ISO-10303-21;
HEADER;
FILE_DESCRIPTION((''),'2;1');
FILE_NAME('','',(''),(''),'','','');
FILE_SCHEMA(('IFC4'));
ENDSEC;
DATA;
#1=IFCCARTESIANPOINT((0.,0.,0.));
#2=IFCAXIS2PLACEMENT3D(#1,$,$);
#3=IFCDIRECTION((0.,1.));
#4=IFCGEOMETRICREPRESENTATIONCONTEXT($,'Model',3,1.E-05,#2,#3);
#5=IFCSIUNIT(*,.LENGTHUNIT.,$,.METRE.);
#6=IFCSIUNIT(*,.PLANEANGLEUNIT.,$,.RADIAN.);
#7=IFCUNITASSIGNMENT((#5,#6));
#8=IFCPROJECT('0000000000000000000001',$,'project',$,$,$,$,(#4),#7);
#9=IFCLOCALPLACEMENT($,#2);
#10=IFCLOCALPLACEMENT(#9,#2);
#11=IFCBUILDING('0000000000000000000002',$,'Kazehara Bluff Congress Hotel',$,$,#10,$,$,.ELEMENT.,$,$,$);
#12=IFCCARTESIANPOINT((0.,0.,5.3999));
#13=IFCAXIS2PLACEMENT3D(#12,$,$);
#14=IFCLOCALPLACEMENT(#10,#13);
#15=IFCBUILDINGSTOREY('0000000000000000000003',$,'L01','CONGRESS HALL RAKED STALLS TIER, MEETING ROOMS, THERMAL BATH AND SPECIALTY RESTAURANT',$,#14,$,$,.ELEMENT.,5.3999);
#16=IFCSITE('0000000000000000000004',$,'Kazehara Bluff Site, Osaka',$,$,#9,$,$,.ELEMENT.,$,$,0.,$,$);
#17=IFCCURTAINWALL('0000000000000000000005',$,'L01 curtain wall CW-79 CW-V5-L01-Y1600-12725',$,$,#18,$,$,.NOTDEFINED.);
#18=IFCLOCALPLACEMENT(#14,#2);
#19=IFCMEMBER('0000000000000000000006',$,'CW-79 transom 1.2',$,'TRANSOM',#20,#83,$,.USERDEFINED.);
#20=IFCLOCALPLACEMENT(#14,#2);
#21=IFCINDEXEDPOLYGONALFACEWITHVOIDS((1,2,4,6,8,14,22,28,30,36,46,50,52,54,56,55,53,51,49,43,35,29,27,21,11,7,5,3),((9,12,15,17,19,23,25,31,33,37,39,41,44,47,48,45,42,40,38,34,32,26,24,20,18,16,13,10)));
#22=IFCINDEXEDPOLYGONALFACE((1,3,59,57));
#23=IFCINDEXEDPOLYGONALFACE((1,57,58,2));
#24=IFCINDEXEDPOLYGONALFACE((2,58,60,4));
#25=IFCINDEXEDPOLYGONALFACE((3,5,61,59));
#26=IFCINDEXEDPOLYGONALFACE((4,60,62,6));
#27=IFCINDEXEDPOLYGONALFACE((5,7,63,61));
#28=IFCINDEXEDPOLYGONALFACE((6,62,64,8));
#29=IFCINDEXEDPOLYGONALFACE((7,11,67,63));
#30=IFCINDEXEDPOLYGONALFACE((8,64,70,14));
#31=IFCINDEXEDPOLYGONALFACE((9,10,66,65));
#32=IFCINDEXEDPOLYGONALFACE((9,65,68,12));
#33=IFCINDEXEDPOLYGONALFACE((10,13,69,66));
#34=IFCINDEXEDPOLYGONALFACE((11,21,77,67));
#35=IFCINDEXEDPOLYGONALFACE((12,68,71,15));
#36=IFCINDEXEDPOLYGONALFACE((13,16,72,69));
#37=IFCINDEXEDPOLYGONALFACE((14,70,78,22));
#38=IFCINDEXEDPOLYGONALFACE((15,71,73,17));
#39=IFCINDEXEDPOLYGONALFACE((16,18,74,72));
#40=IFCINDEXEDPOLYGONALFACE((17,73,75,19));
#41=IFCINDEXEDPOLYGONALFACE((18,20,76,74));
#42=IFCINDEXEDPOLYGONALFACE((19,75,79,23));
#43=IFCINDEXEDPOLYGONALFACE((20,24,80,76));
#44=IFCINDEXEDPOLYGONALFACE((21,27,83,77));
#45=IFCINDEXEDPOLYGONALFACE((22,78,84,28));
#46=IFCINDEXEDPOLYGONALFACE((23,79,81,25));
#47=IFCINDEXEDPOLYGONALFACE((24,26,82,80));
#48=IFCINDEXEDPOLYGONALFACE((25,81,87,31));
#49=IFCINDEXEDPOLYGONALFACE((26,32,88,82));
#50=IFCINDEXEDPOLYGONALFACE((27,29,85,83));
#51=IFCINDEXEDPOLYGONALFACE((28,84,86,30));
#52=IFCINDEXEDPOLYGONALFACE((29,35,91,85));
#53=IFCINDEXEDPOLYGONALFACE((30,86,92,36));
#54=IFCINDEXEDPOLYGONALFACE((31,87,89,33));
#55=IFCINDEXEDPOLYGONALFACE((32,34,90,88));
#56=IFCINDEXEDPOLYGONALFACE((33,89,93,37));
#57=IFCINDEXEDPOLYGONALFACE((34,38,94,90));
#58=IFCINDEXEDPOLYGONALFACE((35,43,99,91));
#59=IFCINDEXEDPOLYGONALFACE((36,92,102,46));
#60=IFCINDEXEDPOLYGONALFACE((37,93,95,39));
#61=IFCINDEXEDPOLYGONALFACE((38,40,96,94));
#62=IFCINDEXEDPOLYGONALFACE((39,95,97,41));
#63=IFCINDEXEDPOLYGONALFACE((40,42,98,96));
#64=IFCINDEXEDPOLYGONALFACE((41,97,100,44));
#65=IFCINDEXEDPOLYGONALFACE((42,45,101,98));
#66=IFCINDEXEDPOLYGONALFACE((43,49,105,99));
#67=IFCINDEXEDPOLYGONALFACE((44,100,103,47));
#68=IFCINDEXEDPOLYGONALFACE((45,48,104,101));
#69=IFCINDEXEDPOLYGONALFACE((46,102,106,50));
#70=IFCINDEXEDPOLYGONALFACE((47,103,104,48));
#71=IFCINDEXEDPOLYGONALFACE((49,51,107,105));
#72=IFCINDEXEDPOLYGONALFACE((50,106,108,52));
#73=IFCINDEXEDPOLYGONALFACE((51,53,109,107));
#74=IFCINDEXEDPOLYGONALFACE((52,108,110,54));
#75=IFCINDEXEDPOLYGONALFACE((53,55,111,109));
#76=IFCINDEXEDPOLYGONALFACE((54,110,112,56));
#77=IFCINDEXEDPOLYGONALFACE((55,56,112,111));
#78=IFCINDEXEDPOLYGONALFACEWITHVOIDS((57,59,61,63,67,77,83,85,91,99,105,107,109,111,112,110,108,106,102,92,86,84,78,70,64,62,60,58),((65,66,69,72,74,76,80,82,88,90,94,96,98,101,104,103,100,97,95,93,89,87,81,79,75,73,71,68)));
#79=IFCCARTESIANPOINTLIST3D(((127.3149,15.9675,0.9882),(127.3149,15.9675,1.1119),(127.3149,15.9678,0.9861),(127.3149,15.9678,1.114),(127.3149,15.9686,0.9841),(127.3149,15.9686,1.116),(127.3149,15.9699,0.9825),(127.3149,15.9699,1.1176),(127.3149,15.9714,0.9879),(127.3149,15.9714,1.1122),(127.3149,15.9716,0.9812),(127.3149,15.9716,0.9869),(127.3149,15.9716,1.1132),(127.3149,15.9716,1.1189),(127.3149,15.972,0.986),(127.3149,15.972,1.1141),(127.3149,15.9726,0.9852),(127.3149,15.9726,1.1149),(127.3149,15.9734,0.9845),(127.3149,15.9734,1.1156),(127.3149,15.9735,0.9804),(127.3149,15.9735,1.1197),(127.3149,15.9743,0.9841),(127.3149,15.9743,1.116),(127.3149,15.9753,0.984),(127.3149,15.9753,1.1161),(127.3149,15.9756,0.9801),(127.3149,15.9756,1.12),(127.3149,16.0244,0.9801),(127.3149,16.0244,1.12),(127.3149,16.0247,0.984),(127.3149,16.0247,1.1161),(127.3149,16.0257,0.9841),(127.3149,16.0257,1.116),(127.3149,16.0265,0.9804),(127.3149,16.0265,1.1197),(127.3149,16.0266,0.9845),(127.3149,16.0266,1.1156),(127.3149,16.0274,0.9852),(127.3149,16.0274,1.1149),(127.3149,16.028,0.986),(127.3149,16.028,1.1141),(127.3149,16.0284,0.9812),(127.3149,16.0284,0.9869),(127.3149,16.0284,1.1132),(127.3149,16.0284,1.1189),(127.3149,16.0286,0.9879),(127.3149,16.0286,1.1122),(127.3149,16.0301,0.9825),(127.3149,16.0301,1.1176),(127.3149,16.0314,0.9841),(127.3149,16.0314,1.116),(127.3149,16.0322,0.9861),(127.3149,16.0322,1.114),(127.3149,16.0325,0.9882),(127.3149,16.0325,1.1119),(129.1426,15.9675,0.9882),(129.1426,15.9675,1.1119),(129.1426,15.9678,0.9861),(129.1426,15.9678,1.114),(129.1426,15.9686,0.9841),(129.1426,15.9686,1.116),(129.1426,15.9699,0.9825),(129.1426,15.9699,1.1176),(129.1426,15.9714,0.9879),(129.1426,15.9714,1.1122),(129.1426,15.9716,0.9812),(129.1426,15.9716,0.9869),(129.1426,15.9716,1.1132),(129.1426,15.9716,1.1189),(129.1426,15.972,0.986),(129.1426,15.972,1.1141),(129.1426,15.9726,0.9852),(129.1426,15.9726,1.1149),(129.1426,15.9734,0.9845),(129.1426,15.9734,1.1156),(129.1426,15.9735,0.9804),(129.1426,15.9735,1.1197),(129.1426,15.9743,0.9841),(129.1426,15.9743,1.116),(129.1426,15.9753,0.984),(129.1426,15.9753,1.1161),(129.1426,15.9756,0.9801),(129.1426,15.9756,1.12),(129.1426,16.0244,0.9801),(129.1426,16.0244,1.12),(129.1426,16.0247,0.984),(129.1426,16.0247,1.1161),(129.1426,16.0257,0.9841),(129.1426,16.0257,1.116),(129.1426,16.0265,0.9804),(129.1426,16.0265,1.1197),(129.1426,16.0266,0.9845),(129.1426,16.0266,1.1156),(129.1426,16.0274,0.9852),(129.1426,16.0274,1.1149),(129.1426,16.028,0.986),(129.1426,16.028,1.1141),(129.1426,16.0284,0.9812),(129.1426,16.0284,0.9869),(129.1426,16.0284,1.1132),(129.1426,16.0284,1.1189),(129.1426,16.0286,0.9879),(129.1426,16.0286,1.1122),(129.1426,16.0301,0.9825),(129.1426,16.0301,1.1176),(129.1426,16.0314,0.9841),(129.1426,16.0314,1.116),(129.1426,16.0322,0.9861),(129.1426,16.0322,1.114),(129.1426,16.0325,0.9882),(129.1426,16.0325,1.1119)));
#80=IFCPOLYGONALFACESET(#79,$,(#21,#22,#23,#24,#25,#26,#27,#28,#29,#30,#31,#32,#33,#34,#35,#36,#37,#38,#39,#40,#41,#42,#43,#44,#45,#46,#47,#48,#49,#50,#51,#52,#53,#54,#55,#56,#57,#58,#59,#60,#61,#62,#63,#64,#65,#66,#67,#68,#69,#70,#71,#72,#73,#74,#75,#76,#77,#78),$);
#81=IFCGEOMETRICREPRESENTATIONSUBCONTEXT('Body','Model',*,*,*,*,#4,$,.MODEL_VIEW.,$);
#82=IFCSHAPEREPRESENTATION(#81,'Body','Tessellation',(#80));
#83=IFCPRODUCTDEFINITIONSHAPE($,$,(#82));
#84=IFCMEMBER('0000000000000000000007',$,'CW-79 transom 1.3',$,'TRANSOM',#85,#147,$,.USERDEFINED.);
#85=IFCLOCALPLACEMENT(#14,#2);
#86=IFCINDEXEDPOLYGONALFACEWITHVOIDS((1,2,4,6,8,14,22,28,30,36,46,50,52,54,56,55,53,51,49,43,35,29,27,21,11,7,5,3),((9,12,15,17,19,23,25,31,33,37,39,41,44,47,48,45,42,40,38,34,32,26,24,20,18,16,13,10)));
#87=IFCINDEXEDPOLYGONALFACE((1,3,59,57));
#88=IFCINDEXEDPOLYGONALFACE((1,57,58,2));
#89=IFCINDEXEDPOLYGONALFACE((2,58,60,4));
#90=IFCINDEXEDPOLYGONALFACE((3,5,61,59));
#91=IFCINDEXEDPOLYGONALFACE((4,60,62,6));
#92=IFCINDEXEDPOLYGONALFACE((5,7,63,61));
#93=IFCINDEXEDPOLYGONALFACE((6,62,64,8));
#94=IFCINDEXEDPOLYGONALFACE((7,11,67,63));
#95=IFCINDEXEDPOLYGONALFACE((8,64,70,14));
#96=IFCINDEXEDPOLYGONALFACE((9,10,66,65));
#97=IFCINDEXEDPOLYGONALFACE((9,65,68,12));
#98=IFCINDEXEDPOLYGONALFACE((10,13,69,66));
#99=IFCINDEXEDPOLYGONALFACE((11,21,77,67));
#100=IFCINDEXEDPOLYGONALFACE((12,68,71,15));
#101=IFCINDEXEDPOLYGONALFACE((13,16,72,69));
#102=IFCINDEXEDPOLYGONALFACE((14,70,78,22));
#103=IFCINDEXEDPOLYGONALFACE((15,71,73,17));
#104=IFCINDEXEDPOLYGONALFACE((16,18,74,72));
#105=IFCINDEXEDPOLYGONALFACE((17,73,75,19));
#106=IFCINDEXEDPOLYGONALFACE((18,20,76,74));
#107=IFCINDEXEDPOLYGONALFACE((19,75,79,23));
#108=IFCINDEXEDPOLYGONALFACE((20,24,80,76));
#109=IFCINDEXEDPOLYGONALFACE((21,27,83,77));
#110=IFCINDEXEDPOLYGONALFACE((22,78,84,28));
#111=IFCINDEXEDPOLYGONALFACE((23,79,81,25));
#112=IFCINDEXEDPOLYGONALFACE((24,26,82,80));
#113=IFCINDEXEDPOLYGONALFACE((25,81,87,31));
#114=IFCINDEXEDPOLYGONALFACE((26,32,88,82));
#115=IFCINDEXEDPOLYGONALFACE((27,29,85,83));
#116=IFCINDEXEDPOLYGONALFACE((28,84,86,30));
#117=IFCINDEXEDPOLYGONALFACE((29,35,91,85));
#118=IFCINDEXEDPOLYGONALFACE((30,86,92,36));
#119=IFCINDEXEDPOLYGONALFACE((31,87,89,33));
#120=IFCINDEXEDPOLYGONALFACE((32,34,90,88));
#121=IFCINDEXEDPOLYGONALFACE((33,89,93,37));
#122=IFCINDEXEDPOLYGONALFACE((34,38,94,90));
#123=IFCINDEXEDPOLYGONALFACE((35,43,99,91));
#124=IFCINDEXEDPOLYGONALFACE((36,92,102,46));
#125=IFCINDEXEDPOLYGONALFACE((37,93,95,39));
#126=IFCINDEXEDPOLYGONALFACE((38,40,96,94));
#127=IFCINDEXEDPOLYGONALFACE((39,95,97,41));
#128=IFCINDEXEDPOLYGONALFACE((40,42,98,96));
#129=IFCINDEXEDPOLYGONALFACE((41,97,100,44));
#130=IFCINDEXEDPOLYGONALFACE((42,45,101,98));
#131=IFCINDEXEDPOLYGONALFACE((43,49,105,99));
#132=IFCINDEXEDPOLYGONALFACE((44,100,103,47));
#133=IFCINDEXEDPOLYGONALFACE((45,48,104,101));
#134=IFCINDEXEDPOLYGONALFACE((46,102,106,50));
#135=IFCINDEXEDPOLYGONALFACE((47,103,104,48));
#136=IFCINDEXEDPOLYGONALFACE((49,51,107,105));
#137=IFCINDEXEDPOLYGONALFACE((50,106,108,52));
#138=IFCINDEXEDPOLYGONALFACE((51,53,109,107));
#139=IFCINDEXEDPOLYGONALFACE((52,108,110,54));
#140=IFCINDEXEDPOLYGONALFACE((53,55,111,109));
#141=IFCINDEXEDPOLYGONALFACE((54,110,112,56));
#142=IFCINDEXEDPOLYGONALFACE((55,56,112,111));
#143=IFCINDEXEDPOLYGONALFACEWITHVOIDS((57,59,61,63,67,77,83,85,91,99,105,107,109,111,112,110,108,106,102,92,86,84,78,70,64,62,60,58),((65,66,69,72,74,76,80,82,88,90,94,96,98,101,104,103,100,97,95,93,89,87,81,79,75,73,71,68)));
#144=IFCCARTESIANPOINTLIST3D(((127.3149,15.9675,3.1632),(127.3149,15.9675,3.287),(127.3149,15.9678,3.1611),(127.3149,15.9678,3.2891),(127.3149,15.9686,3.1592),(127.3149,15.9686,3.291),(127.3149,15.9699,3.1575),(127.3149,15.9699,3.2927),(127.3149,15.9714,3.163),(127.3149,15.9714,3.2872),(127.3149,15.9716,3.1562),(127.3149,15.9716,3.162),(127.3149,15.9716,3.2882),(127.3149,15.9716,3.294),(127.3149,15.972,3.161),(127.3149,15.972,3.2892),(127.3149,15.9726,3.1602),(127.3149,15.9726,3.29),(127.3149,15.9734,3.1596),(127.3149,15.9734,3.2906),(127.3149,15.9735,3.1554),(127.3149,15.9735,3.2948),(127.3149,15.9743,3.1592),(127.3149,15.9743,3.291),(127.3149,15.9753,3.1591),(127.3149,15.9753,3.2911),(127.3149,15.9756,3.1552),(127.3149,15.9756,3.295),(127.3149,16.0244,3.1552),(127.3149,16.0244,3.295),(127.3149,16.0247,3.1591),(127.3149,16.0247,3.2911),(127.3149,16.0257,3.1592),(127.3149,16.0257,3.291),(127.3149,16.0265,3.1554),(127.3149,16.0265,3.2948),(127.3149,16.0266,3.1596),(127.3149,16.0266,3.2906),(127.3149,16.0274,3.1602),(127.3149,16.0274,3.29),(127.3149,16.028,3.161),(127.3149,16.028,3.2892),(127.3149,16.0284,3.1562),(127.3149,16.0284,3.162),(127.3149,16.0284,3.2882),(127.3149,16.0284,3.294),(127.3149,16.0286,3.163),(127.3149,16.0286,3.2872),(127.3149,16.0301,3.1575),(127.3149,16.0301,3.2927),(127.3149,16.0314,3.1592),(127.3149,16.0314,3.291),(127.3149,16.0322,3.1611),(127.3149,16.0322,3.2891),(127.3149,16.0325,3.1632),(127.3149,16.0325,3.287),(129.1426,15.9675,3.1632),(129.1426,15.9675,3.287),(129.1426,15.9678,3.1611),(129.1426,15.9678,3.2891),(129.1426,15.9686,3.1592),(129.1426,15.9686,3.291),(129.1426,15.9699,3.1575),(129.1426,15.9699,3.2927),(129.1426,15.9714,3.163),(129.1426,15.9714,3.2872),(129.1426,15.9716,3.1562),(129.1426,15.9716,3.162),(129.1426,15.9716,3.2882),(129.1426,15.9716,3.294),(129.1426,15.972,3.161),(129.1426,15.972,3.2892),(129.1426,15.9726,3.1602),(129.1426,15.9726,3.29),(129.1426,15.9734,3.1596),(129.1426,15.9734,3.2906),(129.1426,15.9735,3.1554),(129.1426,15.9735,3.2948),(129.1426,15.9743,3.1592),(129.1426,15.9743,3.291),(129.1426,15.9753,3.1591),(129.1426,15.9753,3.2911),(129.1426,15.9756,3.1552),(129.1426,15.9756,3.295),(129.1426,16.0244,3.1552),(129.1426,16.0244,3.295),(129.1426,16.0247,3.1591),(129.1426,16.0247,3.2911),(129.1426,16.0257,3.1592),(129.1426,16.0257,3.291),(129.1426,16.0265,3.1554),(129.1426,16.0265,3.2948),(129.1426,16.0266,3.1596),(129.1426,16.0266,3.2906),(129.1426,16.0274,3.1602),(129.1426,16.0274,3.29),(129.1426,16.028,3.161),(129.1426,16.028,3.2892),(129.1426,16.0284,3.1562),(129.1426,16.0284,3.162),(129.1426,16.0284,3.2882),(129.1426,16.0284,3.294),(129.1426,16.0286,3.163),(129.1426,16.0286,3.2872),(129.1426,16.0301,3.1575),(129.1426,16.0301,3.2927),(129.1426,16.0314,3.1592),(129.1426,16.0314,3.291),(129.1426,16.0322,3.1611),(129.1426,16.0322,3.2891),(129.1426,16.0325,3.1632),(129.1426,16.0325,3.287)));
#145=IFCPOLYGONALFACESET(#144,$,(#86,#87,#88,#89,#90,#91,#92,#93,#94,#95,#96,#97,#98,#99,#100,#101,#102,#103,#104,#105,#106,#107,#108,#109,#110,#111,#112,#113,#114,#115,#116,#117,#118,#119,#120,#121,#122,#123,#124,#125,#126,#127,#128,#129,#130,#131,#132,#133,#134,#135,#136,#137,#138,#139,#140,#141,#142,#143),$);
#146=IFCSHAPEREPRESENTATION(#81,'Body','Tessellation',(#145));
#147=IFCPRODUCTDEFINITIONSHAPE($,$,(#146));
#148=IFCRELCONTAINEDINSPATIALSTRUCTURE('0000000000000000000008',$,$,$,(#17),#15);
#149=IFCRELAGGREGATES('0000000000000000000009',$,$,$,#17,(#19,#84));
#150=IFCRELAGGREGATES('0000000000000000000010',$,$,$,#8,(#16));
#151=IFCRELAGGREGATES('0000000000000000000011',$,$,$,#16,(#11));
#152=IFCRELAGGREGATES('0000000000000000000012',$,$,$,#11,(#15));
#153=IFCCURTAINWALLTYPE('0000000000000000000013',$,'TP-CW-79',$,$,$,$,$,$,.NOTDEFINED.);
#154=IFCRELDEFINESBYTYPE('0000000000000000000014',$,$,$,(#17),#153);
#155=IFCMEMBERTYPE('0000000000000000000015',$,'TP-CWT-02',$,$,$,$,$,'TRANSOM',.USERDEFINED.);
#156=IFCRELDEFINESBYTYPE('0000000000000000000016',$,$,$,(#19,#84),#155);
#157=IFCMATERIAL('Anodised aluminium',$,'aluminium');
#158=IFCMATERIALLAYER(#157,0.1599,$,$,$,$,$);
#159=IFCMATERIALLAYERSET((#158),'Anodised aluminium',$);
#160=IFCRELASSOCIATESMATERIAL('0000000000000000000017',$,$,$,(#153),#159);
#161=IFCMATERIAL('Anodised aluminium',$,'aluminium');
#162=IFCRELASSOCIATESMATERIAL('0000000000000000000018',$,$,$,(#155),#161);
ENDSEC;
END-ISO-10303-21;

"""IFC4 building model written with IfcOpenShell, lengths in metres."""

from ifc_helpers import new_model, si_unit, direction, frame, origin, origin_2d, place, context, subcontext, project, spatial, hollow_rectangle, extrude, material, layer, layer_set, material_profile, profile_set, type_object, element, aggregate, save


model = new_model("IFC4")

# Units and contexts
model_context = context("Model", 3, precision=1e-05, world=origin(), true_north=direction((0.0, 1.0)))
body_context = subcontext(model_context, "Body", "Model", "MODEL_VIEW")
ifc_project = project(units=[si_unit("LENGTHUNIT", "METRE"), si_unit("PLANEANGLEUNIT", "RADIAN")], contexts=[model_context])

# Site, building, storey
site_placement = place(None, origin())
site = spatial("IfcSite", under=ifc_project, at=site_placement, Name="Kazehara Bluff Site, Osaka", CompositionType="ELEMENT", RefElevation=0.0)
building_placement = place(site_placement, origin())
building = spatial("IfcBuilding", under=site, at=building_placement, Name="Kazehara Bluff Congress Hotel", CompositionType="ELEMENT")
storey_placement = place(building_placement, frame((0.0, 0.0, 5.3999)))
storey = spatial("IfcBuildingStorey", under=building, at=storey_placement, Name="L01", Description="CONGRESS HALL RAKED STALLS TIER, MEETING ROOMS, THERMAL BATH AND SPECIALTY RESTAURANT", CompositionType="ELEMENT", Elevation=5.3999)

# Curtain wall, members
ifc_material_1 = material(Name="Anodised aluminium", Category="aluminium")
ifc_layer_1 = layer(ifc_material_1, 0.1599)
ifc_layer_set_1 = layer_set([ifc_layer_1], Name="Anodised aluminium")
curtain_wall_type = type_object("IfcCurtainWallType", Name="TP-CW-79", PredefinedType="NOTDEFINED", material=ifc_layer_set_1)
curtain_wall_placement = place(storey_placement, origin())
curtain_wall = element("IfcCurtainWall", 1, at=curtain_wall_placement, inside=storey, type_object=curtain_wall_type, Name="L01 curtain wall CW-79 CW-V5-L01-Y1600-12725", PredefinedType="NOTDEFINED")
ifc_material_2 = material(Name="Anodised aluminium", Category="aluminium")
ifc_material_profile_1 = material_profile(ifc_material_2, hollow_rectangle(XDim=0.0649, YDim=0.1399, WallThickness=0.0039, InnerFilletRadius=0.0039, OuterFilletRadius=0.0081, at=origin_2d()))
ifc_profile_set_1 = profile_set([ifc_material_profile_1], Name="Anodised aluminium")
member_type_1 = type_object("IfcMemberType", Name="TP-CWT-02", ElementType="TRANSOM", PredefinedType="USERDEFINED", material=ifc_profile_set_1)
member_1_placement = place(storey_placement, frame((127.3149, 16.0, 1.05), z_axis=(1.0, 0.0, 0.0), x_axis=(0.0, 1.0, 0.0)))
member_1 = element("IfcMember", 2, at=member_1_placement, type_object=member_type_1, Name="CW-79 transom 1.2", ObjectType="TRANSOM", PredefinedType="USERDEFINED", context=body_context, shape_type="SweptSolid", body=[
    extrude(hollow_rectangle(XDim=0.0649, YDim=0.1399, WallThickness=0.0039, InnerFilletRadius=0.0039, OuterFilletRadius=0.0081, at=origin_2d()), origin(), (0.0, 0.0, 1.0), 1.8276),
])
member_2_placement = place(storey_placement, frame((127.3149, 16.0, 3.2251), z_axis=(1.0, 0.0, 0.0), x_axis=(0.0, 1.0, 0.0)))
member_2 = element("IfcMember", 3, at=member_2_placement, type_object=member_type_1, Name="CW-79 transom 1.3", ObjectType="TRANSOM", PredefinedType="USERDEFINED", context=body_context, shape_type="SweptSolid", body=[
    extrude(hollow_rectangle(XDim=0.0649, YDim=0.1399, WallThickness=0.0039, InnerFilletRadius=0.0039, OuterFilletRadius=0.0081, at=origin_2d()), origin(), (0.0, 0.0, 1.0), 1.8276),
])

aggregate(curtain_wall, [member_1, member_2])

save(model, "model.ifc")
